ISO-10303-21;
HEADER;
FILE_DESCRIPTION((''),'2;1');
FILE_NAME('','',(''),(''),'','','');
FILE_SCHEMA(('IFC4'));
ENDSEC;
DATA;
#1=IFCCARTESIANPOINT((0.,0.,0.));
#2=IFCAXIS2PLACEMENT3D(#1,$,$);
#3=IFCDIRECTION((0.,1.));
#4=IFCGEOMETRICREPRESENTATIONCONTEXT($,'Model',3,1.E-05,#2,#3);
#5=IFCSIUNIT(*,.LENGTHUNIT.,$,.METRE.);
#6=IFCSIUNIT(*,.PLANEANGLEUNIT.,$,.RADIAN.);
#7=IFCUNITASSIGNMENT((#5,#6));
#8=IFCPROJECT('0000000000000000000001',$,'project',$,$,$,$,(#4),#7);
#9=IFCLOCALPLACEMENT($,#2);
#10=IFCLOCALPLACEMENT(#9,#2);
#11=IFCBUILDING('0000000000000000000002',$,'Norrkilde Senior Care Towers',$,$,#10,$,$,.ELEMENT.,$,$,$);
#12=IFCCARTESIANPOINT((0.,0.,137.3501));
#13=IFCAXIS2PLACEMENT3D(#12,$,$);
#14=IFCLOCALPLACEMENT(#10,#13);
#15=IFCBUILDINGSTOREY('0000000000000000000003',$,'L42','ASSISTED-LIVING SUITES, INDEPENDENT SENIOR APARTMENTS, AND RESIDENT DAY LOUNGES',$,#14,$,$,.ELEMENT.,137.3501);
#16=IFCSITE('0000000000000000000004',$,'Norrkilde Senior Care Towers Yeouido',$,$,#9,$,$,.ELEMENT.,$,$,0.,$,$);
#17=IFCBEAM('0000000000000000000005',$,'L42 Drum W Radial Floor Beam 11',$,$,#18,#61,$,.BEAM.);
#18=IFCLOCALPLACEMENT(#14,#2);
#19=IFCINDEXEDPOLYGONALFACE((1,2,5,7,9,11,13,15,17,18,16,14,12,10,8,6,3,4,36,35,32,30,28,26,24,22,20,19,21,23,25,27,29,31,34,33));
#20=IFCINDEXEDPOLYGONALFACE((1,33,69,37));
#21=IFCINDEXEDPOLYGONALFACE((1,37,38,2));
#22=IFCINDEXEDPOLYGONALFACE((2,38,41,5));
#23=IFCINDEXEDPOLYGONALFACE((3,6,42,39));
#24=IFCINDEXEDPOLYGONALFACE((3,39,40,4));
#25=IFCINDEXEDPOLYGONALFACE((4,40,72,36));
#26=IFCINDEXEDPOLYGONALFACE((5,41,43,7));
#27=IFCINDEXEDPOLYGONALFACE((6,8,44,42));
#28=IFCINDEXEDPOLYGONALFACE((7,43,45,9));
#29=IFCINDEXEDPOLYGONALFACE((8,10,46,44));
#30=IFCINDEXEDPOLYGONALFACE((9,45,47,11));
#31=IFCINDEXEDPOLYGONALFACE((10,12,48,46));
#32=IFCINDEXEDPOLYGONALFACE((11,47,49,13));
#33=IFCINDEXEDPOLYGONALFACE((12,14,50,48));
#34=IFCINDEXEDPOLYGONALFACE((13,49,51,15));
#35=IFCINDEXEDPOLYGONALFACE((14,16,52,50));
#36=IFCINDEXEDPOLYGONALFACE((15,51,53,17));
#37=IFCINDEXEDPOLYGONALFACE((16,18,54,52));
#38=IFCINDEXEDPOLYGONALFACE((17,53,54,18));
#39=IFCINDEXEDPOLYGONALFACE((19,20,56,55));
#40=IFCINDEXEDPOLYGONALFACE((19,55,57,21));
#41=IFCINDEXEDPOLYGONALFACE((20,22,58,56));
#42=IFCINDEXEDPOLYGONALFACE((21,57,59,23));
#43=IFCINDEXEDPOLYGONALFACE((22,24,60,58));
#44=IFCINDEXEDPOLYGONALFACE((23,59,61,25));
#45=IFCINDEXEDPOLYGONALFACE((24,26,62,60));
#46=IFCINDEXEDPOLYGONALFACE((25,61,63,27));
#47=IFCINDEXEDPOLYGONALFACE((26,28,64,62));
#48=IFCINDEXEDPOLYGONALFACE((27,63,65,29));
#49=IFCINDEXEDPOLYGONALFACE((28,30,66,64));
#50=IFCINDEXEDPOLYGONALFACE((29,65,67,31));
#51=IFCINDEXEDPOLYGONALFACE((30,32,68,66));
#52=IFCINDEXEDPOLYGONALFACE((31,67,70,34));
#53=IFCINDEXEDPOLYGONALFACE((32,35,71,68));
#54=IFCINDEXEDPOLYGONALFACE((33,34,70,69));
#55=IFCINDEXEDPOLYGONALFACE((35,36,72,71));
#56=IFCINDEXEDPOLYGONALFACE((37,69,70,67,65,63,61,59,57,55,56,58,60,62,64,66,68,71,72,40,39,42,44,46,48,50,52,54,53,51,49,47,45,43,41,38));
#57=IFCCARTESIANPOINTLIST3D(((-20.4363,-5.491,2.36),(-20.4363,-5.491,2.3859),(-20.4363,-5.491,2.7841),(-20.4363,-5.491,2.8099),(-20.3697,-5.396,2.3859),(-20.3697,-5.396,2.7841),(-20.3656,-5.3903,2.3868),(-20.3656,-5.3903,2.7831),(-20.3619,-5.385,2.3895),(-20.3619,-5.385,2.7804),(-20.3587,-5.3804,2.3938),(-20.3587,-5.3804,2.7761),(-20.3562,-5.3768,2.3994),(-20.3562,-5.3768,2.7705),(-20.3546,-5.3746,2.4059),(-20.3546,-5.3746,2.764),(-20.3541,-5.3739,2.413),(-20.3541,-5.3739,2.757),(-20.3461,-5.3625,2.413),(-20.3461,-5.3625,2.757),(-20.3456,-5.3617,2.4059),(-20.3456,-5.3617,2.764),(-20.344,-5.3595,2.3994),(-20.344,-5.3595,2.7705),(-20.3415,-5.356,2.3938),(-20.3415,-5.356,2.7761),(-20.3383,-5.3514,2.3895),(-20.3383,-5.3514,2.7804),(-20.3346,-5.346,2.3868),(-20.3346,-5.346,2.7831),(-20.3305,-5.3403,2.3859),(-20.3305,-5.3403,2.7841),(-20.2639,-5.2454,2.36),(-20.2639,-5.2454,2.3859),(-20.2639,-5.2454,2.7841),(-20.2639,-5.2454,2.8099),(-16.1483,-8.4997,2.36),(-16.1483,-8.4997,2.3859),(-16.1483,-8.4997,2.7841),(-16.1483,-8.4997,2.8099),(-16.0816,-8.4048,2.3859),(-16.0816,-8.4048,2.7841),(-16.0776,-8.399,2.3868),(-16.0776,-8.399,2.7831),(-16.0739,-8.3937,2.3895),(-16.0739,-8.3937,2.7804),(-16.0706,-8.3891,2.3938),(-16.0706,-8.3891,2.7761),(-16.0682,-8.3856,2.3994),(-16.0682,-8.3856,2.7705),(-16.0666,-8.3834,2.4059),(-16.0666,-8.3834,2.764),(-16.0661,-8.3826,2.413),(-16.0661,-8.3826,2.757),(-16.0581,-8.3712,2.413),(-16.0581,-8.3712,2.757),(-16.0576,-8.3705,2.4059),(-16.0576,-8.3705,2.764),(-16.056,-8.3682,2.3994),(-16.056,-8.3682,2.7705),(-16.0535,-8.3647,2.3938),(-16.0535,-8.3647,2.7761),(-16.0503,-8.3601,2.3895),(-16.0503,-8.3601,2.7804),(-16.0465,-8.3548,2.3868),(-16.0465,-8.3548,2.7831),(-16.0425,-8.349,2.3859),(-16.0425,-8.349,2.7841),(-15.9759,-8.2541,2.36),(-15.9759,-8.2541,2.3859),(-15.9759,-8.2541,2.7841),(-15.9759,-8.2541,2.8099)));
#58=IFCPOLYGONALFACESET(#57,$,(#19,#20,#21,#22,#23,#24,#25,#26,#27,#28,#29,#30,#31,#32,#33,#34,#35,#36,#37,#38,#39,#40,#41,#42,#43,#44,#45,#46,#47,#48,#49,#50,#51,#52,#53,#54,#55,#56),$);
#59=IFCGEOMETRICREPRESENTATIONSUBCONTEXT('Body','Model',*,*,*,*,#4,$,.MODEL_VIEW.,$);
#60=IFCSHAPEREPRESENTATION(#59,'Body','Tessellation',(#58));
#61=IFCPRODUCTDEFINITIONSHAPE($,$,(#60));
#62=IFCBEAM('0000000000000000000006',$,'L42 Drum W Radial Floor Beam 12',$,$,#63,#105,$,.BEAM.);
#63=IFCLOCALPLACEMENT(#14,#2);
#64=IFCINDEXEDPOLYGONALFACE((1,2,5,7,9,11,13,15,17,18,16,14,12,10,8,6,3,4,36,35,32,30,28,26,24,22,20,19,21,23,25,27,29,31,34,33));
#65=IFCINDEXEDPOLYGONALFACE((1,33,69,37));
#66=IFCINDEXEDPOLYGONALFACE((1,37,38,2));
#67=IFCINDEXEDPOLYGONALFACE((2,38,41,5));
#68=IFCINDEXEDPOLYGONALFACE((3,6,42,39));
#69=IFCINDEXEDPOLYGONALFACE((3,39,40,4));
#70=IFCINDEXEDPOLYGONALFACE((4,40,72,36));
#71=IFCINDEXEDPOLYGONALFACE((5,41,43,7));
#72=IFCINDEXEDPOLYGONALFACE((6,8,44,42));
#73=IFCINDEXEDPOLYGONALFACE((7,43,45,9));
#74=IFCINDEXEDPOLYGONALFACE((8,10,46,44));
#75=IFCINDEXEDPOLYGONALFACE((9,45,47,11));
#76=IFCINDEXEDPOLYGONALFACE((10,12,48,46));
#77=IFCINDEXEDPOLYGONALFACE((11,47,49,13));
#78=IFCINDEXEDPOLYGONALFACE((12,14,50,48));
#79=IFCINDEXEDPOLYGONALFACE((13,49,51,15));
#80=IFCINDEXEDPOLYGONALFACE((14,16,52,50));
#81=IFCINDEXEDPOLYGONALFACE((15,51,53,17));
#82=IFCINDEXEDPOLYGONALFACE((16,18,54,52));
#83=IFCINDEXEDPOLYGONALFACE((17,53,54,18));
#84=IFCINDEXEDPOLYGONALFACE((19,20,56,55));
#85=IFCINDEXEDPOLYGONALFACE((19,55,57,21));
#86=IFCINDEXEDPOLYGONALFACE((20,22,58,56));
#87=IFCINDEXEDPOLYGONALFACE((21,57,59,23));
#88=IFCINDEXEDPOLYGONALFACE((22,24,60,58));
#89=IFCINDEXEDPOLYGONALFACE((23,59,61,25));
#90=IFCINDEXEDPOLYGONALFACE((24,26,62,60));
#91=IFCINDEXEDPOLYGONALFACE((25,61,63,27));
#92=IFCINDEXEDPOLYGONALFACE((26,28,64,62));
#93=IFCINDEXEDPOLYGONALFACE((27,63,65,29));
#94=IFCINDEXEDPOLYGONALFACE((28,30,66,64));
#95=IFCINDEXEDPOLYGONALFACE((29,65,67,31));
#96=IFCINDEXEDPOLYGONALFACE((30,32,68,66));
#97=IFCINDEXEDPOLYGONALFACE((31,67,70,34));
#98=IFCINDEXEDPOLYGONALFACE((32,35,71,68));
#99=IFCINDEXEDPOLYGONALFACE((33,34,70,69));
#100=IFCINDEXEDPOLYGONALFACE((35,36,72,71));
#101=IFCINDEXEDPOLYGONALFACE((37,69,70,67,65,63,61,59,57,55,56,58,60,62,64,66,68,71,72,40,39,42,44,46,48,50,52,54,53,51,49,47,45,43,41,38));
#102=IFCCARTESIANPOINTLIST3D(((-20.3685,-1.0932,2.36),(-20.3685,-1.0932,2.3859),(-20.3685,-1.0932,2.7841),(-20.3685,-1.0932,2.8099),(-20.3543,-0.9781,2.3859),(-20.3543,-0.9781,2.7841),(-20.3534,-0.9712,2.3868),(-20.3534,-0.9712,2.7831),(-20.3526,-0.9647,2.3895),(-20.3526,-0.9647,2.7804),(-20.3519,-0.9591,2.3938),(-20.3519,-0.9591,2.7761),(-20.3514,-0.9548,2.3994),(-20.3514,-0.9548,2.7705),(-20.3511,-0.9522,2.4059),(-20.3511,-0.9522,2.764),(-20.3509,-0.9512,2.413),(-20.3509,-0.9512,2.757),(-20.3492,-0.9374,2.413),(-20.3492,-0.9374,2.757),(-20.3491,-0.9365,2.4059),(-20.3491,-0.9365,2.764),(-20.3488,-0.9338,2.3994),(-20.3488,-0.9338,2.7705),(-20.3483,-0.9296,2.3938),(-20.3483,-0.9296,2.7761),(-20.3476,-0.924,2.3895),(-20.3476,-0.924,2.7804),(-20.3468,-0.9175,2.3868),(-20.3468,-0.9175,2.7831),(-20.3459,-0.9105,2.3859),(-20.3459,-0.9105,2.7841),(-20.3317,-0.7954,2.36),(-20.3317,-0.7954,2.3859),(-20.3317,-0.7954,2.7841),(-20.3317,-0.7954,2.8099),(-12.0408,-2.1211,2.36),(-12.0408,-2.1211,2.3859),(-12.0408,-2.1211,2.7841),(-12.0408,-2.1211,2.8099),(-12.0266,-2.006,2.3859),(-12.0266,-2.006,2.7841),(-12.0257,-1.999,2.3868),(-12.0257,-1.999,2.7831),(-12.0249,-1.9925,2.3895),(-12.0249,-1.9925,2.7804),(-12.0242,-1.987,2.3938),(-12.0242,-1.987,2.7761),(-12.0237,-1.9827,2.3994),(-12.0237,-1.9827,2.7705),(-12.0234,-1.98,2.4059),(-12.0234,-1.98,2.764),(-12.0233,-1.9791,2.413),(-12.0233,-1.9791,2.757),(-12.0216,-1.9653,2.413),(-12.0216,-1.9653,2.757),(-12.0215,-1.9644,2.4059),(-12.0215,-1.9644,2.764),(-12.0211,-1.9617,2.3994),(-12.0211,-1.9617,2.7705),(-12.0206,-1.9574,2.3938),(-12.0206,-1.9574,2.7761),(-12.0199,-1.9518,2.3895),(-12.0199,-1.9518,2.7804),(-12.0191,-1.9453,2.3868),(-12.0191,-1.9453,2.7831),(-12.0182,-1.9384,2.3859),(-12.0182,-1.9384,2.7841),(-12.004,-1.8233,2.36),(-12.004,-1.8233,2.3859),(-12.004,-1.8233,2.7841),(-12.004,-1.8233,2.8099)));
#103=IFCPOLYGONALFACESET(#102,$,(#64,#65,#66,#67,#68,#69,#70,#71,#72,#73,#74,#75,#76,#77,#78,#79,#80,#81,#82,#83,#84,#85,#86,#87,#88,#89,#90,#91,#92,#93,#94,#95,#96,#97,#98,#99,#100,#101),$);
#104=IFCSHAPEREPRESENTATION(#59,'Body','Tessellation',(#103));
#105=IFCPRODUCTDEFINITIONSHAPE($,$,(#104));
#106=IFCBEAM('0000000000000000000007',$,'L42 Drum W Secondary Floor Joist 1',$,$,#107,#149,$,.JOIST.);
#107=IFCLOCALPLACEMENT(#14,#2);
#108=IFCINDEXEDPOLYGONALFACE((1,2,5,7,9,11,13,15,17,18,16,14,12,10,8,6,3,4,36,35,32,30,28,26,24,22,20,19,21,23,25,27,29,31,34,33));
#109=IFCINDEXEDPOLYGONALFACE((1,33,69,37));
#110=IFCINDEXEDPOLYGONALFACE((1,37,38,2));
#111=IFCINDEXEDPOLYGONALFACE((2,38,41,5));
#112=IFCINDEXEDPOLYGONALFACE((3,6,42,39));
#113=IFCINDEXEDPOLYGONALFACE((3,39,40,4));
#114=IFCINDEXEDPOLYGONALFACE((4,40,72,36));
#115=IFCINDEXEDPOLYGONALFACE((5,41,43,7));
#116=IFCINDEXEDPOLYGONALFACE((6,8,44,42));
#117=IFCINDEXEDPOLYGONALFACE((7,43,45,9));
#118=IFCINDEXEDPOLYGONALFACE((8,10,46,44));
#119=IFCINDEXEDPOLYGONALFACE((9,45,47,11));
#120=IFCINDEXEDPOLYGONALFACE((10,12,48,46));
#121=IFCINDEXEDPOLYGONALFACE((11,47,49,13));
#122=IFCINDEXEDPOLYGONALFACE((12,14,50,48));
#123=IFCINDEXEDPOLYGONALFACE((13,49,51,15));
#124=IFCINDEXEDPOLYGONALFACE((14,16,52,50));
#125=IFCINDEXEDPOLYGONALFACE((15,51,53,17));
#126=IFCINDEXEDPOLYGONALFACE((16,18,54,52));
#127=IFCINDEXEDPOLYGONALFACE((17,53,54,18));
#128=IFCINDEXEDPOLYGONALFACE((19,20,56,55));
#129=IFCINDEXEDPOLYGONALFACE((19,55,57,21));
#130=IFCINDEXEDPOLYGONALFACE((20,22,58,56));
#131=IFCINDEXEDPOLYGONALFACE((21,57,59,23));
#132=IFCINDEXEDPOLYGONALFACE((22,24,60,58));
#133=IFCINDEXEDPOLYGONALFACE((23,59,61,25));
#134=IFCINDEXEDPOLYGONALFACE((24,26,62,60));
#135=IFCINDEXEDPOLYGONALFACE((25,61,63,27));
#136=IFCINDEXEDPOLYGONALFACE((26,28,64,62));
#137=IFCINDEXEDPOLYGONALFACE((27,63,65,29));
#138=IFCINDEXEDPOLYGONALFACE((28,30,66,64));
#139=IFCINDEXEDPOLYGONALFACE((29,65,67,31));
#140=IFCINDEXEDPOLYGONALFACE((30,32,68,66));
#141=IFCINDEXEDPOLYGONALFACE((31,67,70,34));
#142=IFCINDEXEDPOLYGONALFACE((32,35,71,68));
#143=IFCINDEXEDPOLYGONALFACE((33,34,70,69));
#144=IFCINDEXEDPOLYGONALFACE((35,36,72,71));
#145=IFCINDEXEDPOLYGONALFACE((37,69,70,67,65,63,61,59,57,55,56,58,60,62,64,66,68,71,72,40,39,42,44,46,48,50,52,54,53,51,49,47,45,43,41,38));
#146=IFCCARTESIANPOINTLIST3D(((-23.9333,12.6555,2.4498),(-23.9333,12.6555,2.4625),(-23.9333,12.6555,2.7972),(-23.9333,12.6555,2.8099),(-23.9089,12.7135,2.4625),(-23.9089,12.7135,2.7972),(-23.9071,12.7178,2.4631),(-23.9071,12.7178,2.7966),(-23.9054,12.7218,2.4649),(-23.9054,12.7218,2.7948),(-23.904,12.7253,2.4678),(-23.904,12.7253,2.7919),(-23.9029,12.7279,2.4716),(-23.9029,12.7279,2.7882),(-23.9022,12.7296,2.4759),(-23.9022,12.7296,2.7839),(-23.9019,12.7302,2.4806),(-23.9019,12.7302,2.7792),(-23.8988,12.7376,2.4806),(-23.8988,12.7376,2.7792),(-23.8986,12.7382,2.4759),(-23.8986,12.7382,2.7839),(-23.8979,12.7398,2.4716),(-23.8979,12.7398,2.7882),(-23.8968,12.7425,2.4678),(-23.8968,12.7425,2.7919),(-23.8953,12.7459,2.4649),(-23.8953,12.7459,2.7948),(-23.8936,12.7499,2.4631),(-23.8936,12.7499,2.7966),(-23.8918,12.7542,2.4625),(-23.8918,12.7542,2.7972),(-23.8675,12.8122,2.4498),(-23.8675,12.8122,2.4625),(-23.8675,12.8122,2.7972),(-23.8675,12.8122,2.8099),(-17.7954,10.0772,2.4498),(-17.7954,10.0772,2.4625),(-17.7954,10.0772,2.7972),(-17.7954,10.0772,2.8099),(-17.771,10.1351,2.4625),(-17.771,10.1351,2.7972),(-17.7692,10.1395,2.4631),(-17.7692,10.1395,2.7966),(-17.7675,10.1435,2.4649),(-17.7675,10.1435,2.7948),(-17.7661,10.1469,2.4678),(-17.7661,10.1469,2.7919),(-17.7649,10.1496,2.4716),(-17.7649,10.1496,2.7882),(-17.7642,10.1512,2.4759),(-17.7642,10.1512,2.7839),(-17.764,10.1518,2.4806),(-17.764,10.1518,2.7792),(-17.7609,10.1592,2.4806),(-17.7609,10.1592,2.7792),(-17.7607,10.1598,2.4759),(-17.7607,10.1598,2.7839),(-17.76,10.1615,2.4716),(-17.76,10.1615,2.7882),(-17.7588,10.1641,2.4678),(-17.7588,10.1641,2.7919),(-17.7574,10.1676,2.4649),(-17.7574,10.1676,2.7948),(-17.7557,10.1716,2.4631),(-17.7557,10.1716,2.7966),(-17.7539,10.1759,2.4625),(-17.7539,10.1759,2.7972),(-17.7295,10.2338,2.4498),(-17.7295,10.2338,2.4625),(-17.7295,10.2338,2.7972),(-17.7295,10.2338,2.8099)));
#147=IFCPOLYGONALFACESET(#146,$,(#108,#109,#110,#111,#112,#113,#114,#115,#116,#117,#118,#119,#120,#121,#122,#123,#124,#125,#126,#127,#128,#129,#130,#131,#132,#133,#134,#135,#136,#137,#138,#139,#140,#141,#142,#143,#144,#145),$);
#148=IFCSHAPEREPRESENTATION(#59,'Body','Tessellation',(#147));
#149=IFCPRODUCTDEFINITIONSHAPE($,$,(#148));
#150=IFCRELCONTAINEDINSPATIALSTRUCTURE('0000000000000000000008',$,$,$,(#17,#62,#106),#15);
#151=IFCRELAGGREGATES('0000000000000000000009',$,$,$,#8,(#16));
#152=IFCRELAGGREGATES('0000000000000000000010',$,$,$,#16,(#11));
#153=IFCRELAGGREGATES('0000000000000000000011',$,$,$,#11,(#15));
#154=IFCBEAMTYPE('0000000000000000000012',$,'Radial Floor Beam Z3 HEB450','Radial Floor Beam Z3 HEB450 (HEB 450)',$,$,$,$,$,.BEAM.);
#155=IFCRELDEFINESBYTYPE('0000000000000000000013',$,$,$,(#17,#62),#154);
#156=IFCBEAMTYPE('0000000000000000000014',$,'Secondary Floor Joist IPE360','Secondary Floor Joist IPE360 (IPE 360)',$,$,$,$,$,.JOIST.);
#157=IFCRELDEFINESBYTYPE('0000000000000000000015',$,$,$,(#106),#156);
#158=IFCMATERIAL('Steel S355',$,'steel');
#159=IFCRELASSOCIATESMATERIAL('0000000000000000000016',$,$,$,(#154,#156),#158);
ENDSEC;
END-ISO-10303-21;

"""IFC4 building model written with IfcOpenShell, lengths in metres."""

from ifc_helpers import new_model, si_unit, direction, frame, origin, origin_2d, place, context, subcontext, project, spatial, i_section, extrude, source, transform, mapped, material, material_profile, profile_set, type_object, type_shapes, element, save


model = new_model("IFC4")

# Units and contexts
model_context = context("Model", 3, precision=1e-05, world=origin(), true_north=direction((0.0, 1.0)))
body_context = subcontext(model_context, "Body", "Model", "MODEL_VIEW")
ifc_project = project(units=[si_unit("LENGTHUNIT", "METRE"), si_unit("PLANEANGLEUNIT", "RADIAN")], contexts=[model_context])

# Site, building, storey
site_placement = place(None, origin())
site = spatial("IfcSite", under=ifc_project, at=site_placement, Name="Norrkilde Senior Care Towers Yeouido", CompositionType="ELEMENT", RefElevation=0.0)
building_placement = place(site_placement, origin())
building = spatial("IfcBuilding", under=site, at=building_placement, Name="Norrkilde Senior Care Towers", CompositionType="ELEMENT")
storey_placement = place(building_placement, frame((0.0, 0.0, 137.3501)))
storey = spatial("IfcBuildingStorey", under=building, at=storey_placement, Name="L42", Description="ASSISTED-LIVING SUITES, INDEPENDENT SENIOR APARTMENTS, AND RESIDENT DAY LOUNGES", CompositionType="ELEMENT", Elevation=137.3501)

# Beams
ifc_material_1 = material(Name="Steel S355", Category="steel")
ifc_material_profile_1 = material_profile(ifc_material_1, i_section(OverallWidth=0.3, OverallDepth=0.45, WebThickness=0.0139, FlangeThickness=0.0259, FilletRadius=0.0271, at=origin_2d()), Name="HEB 450")
ifc_profile_set_1 = profile_set([ifc_material_profile_1], Name="Steel S355")
beam_type_1 = type_object("IfcBeamType", Name="Radial Floor Beam Z3 HEB450", Description="Radial Floor Beam Z3 HEB450 (HEB 450)", PredefinedType="BEAM", material=ifc_profile_set_1)
shared_shape_1 = source(origin(), body_context, "Body", "SweptSolid", [
    extrude(i_section(OverallWidth=0.3, OverallDepth=0.45, WebThickness=0.0139, FlangeThickness=0.0259, FilletRadius=0.0271, at=origin_2d()), origin(), (0.0, 0.0, 1.0), 5.2383),
])
beam_1_placement = place(storey_placement, frame((-20.3501, -5.3682, 2.585), z_axis=(0.818592, -0.574375, 0.0), x_axis=(0.574375, 0.818592, 0.0)))
element("IfcBeam", 1, at=beam_1_placement, inside=storey, type_object=beam_type_1, Name="L42 Drum W Radial Floor Beam 11", PredefinedType="BEAM", context=body_context, shape_type="MappedRepresentation", body=[
    mapped(shared_shape_1, transform((0.0, 0.0, 0.0), x_axis=(1.0, 0.0, 0.0), y_axis=(0.0, 1.0, 0.0), z_axis=(0.0, 0.0, 1.0), scale=1.0)),
])
shared_shape_2 = source(origin(), body_context, "Body", "SweptSolid", [
    extrude(i_section(OverallWidth=0.3, OverallDepth=0.45, WebThickness=0.0139, FlangeThickness=0.0259, FilletRadius=0.0271, at=origin_2d()), origin(), (0.0, 0.0, 1.0), 8.3909),
])
type_shapes(beam_type_1, [shared_shape_1, shared_shape_2])
beam_2_placement = place(storey_placement, frame((-20.3501, -0.9443, 2.585), z_axis=(0.992469, -0.122495, 0.0), x_axis=(0.122495, 0.992469, 0.0)))
element("IfcBeam", 2, at=beam_2_placement, inside=storey, type_object=beam_type_1, Name="L42 Drum W Radial Floor Beam 12", PredefinedType="BEAM", context=body_context, shape_type="MappedRepresentation", body=[
    mapped(shared_shape_2, transform((0.0, 0.0, 0.0), x_axis=(1.0, 0.0, 0.0), y_axis=(0.0, 1.0, 0.0), z_axis=(0.0, 0.0, 1.0), scale=1.0)),
])
ifc_material_profile_2 = material_profile(ifc_material_1, i_section(OverallWidth=0.1699, OverallDepth=0.3601, WebThickness=0.0081, FlangeThickness=0.0127, FilletRadius=0.0181, at=origin_2d()), Name="IPE 360")
ifc_profile_set_2 = profile_set([ifc_material_profile_2], Name="Steel S355")
beam_type_2 = type_object("IfcBeamType", Name="Secondary Floor Joist IPE360", Description="Secondary Floor Joist IPE360 (IPE 360)", PredefinedType="JOIST", material=ifc_profile_set_2)
shared_shape_3 = source(origin(), body_context, "Body", "SweptSolid", [
    extrude(i_section(OverallWidth=0.1699, OverallDepth=0.3601, WebThickness=0.0081, FlangeThickness=0.0127, FilletRadius=0.0181, at=origin_2d()), origin(), (0.0, 0.0, 1.0), 6.6575),
])
beam_3_placement = place(storey_placement, frame((-17.7625, 10.1555, 2.6299), z_axis=(-0.921959, 0.387288, 0.0), x_axis=(-0.387288, -0.921959, 0.0)))
element("IfcBeam", 3, at=beam_3_placement, inside=storey, type_object=beam_type_2, Name="L42 Drum W Secondary Floor Joist 1", PredefinedType="JOIST", context=body_context, shape_type="MappedRepresentation", body=[
    mapped(shared_shape_3, transform((0.0, 0.0, 0.0), x_axis=(1.0, 0.0, 0.0), y_axis=(0.0, 1.0, 0.0), z_axis=(0.0, 0.0, 1.0), scale=1.0)),
])

save(model, "model.ifc")
